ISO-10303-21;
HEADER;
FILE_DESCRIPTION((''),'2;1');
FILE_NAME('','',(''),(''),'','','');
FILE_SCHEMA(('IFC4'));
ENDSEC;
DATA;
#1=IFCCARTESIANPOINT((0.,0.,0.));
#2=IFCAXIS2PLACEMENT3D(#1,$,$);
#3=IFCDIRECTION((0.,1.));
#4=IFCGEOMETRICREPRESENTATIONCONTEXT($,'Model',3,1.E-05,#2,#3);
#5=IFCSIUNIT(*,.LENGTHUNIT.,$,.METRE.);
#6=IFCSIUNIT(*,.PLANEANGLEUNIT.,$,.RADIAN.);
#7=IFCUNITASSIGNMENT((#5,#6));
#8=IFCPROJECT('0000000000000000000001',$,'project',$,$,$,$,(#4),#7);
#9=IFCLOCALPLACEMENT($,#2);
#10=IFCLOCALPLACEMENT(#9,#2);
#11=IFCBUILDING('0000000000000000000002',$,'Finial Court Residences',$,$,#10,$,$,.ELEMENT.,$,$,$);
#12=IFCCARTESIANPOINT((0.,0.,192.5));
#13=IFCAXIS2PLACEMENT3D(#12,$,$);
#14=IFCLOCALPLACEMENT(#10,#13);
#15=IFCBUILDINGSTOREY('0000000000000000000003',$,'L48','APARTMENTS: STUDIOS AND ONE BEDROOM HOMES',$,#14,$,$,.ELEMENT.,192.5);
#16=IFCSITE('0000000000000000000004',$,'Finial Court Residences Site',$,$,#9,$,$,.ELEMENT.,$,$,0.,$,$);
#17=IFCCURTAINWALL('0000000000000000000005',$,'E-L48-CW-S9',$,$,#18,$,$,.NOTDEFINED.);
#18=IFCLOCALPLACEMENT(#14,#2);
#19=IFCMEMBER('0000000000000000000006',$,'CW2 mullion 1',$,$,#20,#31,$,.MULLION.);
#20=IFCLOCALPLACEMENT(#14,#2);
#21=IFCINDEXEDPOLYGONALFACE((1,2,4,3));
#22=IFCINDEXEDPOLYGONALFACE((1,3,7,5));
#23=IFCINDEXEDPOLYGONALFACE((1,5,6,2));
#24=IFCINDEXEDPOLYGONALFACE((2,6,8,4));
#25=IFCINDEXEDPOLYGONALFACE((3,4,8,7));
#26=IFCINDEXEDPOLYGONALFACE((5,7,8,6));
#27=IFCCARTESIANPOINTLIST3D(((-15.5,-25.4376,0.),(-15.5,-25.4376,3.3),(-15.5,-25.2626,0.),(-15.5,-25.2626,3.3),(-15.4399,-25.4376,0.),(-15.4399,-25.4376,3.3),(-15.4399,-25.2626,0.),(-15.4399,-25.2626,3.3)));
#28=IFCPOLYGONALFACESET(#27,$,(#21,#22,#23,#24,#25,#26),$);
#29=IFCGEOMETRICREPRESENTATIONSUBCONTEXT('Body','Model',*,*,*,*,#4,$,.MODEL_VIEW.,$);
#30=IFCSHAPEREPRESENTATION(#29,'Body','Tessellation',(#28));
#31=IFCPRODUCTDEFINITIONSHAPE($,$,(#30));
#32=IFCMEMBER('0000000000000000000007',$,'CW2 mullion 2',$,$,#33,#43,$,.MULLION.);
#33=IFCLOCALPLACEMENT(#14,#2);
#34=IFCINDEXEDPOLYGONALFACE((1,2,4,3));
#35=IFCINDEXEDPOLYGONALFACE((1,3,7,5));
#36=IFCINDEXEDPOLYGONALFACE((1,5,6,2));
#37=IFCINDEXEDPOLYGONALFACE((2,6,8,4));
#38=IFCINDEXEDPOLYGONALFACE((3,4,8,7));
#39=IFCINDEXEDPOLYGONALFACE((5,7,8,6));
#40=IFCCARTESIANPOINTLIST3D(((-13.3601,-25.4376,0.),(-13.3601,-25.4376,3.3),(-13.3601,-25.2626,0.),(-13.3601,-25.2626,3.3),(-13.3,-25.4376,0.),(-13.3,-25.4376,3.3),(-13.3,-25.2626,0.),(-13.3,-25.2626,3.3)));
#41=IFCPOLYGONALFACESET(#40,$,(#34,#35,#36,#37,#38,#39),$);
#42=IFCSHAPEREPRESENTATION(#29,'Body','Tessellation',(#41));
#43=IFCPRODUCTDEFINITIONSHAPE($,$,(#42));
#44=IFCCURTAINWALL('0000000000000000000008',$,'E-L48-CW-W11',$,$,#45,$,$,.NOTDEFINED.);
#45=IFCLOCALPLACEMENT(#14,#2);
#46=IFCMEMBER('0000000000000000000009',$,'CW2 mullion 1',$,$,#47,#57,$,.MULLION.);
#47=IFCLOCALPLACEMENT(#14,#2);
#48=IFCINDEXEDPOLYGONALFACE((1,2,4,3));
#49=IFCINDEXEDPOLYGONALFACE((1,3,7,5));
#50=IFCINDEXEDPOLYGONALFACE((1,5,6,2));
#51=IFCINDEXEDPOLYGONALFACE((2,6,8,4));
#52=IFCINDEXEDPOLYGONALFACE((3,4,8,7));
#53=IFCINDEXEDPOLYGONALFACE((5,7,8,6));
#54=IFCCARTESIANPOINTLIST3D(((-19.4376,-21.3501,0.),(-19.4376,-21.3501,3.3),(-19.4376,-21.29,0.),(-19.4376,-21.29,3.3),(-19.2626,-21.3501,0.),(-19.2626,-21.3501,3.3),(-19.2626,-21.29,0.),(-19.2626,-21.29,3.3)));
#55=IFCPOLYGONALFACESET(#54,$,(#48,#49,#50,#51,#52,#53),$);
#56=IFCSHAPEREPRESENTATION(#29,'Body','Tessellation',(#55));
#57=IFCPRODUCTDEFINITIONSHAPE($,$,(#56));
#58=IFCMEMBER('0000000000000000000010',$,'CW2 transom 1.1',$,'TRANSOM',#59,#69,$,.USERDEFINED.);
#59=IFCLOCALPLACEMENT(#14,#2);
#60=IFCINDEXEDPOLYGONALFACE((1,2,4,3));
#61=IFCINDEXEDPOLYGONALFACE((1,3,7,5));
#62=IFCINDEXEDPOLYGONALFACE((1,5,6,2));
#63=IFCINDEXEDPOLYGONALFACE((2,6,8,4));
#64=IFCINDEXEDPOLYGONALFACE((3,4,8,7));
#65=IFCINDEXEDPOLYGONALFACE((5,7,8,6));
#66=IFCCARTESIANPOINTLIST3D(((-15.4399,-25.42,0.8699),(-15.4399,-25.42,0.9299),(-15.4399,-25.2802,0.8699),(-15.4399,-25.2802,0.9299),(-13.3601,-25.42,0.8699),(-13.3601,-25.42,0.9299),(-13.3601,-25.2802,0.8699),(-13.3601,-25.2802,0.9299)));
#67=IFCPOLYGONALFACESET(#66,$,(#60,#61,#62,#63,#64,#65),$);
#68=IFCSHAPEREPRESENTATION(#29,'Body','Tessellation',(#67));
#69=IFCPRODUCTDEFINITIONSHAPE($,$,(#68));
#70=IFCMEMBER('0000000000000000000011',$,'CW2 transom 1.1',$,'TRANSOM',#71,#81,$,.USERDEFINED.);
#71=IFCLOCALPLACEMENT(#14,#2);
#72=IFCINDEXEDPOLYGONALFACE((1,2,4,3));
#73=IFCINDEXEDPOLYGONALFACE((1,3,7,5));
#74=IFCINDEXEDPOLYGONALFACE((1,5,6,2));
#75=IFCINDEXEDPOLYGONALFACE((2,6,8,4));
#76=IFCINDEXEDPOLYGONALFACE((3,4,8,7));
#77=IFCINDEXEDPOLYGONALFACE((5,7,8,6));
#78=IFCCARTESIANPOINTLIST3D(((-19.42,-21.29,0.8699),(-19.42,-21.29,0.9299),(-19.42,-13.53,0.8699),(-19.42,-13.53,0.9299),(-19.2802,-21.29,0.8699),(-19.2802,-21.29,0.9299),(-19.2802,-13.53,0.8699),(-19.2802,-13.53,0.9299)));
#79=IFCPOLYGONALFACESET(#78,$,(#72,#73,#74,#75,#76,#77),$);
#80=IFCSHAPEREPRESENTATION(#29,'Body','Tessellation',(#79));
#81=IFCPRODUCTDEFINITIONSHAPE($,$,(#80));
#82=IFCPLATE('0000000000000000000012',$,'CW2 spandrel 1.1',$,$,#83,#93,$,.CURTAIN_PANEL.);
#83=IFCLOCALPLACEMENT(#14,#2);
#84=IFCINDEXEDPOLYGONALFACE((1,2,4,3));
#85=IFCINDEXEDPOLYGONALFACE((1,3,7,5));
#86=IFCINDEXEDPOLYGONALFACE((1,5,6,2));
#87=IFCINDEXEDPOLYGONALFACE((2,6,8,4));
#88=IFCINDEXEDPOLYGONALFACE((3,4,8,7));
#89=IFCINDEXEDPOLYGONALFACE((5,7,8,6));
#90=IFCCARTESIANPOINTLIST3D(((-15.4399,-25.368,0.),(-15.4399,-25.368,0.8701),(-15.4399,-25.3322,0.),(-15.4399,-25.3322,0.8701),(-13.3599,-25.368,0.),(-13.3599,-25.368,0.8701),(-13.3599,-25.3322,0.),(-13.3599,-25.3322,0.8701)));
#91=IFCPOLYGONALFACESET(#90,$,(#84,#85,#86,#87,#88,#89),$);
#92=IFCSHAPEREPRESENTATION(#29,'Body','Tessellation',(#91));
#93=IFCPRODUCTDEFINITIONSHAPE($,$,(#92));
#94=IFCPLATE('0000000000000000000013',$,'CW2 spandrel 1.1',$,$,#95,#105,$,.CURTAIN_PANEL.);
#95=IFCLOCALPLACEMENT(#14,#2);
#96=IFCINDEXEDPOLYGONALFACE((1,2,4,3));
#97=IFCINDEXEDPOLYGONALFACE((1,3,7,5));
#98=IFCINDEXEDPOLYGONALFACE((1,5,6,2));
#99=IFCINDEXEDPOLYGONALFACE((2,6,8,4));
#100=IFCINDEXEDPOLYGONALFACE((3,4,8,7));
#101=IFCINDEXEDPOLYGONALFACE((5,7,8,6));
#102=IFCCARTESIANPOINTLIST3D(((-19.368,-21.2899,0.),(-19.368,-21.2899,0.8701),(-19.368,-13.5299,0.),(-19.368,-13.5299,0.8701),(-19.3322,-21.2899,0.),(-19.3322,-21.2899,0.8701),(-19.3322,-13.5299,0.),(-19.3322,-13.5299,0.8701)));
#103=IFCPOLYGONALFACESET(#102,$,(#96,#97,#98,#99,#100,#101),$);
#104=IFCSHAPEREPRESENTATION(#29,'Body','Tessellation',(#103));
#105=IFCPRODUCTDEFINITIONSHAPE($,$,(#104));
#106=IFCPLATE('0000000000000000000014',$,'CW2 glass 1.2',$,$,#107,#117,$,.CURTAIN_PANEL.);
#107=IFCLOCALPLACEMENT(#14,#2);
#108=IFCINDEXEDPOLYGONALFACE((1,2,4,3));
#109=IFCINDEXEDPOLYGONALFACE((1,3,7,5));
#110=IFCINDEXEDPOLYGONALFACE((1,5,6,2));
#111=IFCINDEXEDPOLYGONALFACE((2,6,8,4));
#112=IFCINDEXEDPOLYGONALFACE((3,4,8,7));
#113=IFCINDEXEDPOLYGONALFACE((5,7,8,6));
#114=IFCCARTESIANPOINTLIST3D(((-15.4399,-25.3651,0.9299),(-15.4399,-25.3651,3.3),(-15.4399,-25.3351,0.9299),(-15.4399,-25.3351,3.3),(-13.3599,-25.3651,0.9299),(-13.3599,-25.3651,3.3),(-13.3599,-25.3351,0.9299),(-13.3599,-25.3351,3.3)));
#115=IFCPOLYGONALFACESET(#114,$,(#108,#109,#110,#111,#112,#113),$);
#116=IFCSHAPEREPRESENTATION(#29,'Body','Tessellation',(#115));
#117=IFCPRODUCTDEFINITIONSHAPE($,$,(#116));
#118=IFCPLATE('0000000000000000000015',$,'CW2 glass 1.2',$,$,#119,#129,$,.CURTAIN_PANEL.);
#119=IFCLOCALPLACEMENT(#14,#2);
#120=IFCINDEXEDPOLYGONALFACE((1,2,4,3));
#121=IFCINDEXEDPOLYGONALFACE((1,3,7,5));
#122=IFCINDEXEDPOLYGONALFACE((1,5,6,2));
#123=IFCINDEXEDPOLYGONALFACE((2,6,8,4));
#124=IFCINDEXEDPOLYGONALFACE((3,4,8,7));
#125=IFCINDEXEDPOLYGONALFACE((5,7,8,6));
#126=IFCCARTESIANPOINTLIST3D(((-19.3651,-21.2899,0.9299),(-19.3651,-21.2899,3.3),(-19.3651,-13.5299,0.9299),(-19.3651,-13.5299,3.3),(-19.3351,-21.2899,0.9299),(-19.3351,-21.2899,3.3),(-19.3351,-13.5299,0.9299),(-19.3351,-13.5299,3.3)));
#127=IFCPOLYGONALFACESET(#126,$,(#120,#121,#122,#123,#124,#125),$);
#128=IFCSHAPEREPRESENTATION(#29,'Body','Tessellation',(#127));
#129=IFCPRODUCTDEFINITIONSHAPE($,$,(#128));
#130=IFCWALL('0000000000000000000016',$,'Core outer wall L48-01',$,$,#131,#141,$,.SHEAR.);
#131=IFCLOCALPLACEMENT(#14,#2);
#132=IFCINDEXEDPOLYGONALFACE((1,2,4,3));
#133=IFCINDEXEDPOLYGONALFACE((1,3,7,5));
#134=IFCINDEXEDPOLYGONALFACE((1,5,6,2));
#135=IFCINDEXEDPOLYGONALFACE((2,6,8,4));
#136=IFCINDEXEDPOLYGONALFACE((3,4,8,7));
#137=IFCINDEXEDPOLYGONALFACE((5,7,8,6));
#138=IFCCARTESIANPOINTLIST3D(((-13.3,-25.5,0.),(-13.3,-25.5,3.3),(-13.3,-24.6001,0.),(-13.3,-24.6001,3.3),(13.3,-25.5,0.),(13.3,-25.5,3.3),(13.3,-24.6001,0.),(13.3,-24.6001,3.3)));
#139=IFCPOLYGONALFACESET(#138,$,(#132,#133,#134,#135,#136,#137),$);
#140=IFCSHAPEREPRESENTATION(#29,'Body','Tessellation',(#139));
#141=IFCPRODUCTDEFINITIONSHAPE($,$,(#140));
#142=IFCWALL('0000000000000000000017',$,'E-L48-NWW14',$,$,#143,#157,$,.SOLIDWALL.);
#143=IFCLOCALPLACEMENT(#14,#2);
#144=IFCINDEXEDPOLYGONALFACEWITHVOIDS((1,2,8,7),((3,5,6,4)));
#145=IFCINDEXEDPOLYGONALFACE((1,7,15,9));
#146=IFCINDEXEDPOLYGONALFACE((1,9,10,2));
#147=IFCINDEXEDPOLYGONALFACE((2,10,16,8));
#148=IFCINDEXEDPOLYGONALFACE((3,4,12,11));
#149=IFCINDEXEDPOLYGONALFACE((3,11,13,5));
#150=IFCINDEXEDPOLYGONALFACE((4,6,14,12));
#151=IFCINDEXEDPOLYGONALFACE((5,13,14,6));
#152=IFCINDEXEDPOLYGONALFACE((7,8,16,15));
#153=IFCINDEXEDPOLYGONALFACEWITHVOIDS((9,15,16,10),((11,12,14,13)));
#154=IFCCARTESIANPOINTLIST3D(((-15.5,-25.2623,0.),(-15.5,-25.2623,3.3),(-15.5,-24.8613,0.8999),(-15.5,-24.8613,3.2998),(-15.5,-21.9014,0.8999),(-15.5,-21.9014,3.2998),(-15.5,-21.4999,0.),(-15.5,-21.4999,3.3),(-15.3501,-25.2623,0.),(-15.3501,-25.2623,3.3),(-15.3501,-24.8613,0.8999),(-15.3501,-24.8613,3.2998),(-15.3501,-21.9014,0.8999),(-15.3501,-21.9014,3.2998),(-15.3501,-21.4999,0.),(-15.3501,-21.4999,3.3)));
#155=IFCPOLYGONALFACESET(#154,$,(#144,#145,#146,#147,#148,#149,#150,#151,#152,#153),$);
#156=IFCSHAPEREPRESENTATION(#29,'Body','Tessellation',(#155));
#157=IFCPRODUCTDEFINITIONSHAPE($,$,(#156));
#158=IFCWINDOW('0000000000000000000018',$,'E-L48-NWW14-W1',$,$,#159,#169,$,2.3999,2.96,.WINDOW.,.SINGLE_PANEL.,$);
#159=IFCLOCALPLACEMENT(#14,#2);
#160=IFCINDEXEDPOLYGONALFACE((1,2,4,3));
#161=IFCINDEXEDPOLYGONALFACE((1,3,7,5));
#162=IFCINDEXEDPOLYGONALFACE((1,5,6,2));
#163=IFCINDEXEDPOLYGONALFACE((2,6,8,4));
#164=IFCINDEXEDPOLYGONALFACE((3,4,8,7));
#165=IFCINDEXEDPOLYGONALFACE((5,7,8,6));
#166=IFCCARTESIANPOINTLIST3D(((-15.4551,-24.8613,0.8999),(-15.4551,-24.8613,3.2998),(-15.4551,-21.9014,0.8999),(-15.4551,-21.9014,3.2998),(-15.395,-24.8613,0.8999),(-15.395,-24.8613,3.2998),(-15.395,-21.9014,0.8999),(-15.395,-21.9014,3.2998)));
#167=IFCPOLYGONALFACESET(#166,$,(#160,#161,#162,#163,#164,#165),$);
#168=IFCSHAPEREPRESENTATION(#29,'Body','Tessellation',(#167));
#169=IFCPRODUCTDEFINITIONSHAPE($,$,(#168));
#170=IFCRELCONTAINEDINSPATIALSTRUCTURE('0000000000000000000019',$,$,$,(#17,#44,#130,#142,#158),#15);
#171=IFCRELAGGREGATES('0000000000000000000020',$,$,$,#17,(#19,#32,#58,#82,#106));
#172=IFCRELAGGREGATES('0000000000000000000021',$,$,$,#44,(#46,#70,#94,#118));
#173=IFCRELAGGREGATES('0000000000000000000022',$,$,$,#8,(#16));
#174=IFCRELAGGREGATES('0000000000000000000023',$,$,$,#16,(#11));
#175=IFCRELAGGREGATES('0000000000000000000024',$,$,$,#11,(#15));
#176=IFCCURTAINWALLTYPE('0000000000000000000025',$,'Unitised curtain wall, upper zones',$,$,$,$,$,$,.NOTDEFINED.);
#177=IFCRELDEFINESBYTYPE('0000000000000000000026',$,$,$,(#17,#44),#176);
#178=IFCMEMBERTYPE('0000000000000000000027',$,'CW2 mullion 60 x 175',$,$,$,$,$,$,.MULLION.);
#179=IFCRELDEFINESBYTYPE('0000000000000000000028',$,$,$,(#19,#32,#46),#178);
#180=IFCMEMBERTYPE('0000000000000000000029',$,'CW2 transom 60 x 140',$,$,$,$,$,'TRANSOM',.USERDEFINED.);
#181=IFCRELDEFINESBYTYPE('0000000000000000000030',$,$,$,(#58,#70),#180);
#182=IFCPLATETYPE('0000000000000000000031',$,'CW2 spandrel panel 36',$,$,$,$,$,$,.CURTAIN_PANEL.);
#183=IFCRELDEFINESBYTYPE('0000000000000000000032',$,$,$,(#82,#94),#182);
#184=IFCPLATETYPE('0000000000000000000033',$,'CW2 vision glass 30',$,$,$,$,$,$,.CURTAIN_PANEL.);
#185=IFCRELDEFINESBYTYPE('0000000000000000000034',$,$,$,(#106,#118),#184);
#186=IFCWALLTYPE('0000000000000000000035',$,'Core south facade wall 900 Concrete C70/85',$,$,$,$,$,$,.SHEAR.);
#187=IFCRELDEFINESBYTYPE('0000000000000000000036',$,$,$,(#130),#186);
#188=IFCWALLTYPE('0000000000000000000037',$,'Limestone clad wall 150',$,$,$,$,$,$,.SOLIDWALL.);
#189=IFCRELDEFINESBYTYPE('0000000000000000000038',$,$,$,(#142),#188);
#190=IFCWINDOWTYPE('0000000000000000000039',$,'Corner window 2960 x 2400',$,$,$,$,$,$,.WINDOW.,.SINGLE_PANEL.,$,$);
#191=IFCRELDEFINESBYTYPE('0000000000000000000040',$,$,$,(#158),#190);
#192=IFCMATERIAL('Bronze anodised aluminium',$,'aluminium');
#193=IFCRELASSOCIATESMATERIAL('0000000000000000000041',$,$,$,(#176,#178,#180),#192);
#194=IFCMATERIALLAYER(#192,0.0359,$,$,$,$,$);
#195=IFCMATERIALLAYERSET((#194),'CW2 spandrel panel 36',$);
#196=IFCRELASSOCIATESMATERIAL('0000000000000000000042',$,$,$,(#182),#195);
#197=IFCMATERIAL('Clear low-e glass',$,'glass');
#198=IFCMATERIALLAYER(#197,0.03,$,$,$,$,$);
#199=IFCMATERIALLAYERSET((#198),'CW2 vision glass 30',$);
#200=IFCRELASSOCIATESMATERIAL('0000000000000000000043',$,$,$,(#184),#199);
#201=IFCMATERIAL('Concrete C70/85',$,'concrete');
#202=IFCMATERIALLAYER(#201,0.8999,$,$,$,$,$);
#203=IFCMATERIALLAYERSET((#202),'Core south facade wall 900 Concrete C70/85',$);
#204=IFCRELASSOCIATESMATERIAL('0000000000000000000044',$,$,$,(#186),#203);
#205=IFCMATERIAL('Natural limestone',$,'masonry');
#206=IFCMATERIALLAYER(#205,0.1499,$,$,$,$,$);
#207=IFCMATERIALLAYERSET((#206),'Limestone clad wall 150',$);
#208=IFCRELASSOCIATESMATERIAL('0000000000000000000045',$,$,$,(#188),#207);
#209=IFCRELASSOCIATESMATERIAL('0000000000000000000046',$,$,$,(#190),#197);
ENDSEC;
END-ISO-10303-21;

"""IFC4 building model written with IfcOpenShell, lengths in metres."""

from ifc_helpers import new_model, si_unit, direction, frame, frame_2d, origin, origin_2d, place, context, subcontext, project, spatial, rectangle, extrude, material, layer, layer_set, material_profile, profile_set, type_object, element, fill, aggregate, save


model = new_model("IFC4")

# Units and contexts
model_context = context("Model", 3, precision=1e-05, world=origin(), true_north=direction((0.0, 1.0)))
body_context = subcontext(model_context, "Body", "Model", "MODEL_VIEW")
ifc_project = project(units=[si_unit("LENGTHUNIT", "METRE"), si_unit("PLANEANGLEUNIT", "RADIAN")], contexts=[model_context])

# Site, building, storey
site_placement = place(None, origin())
site = spatial("IfcSite", under=ifc_project, at=site_placement, Name="Finial Court Residences Site", CompositionType="ELEMENT", RefElevation=0.0)
building_placement = place(site_placement, origin())
building = spatial("IfcBuilding", under=site, at=building_placement, Name="Finial Court Residences", CompositionType="ELEMENT")
storey_placement = place(building_placement, frame((0.0, 0.0, 192.5)))
storey = spatial("IfcBuildingStorey", under=building, at=storey_placement, Name="L48", Description="APARTMENTS: STUDIOS AND ONE BEDROOM HOMES", CompositionType="ELEMENT", Elevation=192.5)

# Curtain wall, members
ifc_material_1 = material(Name="Bronze anodised aluminium", Category="aluminium")
curtain_wall_type = type_object("IfcCurtainWallType", Name="Unitised curtain wall, upper zones", PredefinedType="NOTDEFINED", material=ifc_material_1)
curtain_wall_1_placement = place(storey_placement, origin())
curtain_wall_1 = element("IfcCurtainWall", 1, at=curtain_wall_1_placement, inside=storey, type_object=curtain_wall_type, Name="E-L48-CW-S9", PredefinedType="NOTDEFINED")
ifc_material_profile_1 = material_profile(ifc_material_1, rectangle(XDim=0.175, YDim=0.0601, at=origin_2d()), Name="CW2 mullion 60 x 175")
ifc_profile_set_1 = profile_set([ifc_material_profile_1], Name="Bronze anodised aluminium")
member_type_1 = type_object("IfcMemberType", Name="CW2 mullion 60 x 175", PredefinedType="MULLION", material=ifc_profile_set_1)
member_1_placement = place(storey_placement, frame((-15.47, -25.3501, 0.0), z_axis=(0.0, 0.0, 1.0), x_axis=(0.0, 1.0, 0.0)))
member_1 = element("IfcMember", 2, at=member_1_placement, type_object=member_type_1, Name="CW2 mullion 1", PredefinedType="MULLION", context=body_context, shape_type="SweptSolid", body=[
    extrude(rectangle(XDim=0.175, YDim=0.0601, at=origin_2d()), origin(), (0.0, 0.0, 1.0), 3.3),
])
member_2_placement = place(storey_placement, frame((-13.3301, -25.3501, 0.0), z_axis=(0.0, 0.0, 1.0), x_axis=(0.0, 1.0, 0.0)))
member_2 = element("IfcMember", 3, at=member_2_placement, type_object=member_type_1, Name="CW2 mullion 2", PredefinedType="MULLION", context=body_context, shape_type="SweptSolid", body=[
    extrude(rectangle(XDim=0.175, YDim=0.0601, at=origin_2d()), origin(), (0.0, 0.0, 1.0), 3.3),
])

# Curtain wall, member
curtain_wall_2_placement = place(storey_placement, origin())
curtain_wall_2 = element("IfcCurtainWall", 4, at=curtain_wall_2_placement, inside=storey, type_object=curtain_wall_type, Name="E-L48-CW-W11", PredefinedType="NOTDEFINED")
member_3_placement = place(storey_placement, frame((-19.3501, -21.3201, 0.0), z_axis=(0.0, 0.0, 1.0), x_axis=(-1.0, 0.0, 0.0)))
member_3 = element("IfcMember", 5, at=member_3_placement, type_object=member_type_1, Name="CW2 mullion 1", PredefinedType="MULLION", context=body_context, shape_type="SweptSolid", body=[
    extrude(rectangle(XDim=0.175, YDim=0.0601, at=origin_2d()), origin(), (0.0, 0.0, 1.0), 3.3),
])

# Members
ifc_material_profile_2 = material_profile(ifc_material_1, rectangle(XDim=0.1399, YDim=0.0601, at=origin_2d()), Name="CW2 transom 60 x 140")
ifc_profile_set_2 = profile_set([ifc_material_profile_2], Name="Bronze anodised aluminium")
member_type_2 = type_object("IfcMemberType", Name="CW2 transom 60 x 140", ElementType="TRANSOM", PredefinedType="USERDEFINED", material=ifc_profile_set_2)
member_4_placement = place(storey_placement, frame((-15.4399, -25.3501, 0.8999), z_axis=(1.0, 0.0, 0.0), x_axis=(0.0, 1.0, 0.0)))
member_4 = element("IfcMember", 6, at=member_4_placement, type_object=member_type_2, Name="CW2 transom 1.1", ObjectType="TRANSOM", PredefinedType="USERDEFINED", context=body_context, shape_type="SweptSolid", body=[
    extrude(rectangle(XDim=0.1399, YDim=0.0601, at=origin_2d()), origin(), (0.0, 0.0, 1.0), 2.0798),
])
member_5_placement = place(storey_placement, frame((-19.3501, -21.29, 0.8999), z_axis=(0.0, 1.0, 0.0), x_axis=(-1.0, 0.0, 0.0)))
member_5 = element("IfcMember", 7, at=member_5_placement, type_object=member_type_2, Name="CW2 transom 1.1", ObjectType="TRANSOM", PredefinedType="USERDEFINED", context=body_context, shape_type="SweptSolid", body=[
    extrude(rectangle(XDim=0.1399, YDim=0.0601, at=origin_2d()), origin(), (0.0, 0.0, 1.0), 7.76),
])

# Plates
ifc_layer_1 = layer(ifc_material_1, 0.0359)
ifc_layer_set_1 = layer_set([ifc_layer_1], Name="CW2 spandrel panel 36")
plate_type_1 = type_object("IfcPlateType", Name="CW2 spandrel panel 36", PredefinedType="CURTAIN_PANEL", material=ifc_layer_set_1)
plate_1_placement = place(storey_placement, frame((-14.3999, -25.3501, 0.0), z_axis=(0.0, 0.0, 1.0), x_axis=(1.0, 0.0, 0.0)))
plate_1 = element("IfcPlate", 8, at=plate_1_placement, type_object=plate_type_1, Name="CW2 spandrel 1.1", PredefinedType="CURTAIN_PANEL", context=body_context, shape_type="SweptSolid", body=[
    extrude(rectangle(XDim=2.0801, YDim=0.0359, at=origin_2d()), origin(), (0.0, 0.0, 1.0), 0.8701),
])
plate_2_placement = place(storey_placement, frame((-19.3501, -17.4099, 0.0), z_axis=(0.0, 0.0, 1.0), x_axis=(0.0, 1.0, 0.0)))
plate_2 = element("IfcPlate", 9, at=plate_2_placement, type_object=plate_type_1, Name="CW2 spandrel 1.1", PredefinedType="CURTAIN_PANEL", context=body_context, shape_type="SweptSolid", body=[
    extrude(rectangle(XDim=7.76, YDim=0.0359, at=origin_2d()), origin(), (0.0, 0.0, 1.0), 0.8701),
])
ifc_material_2 = material(Name="Clear low-e glass", Category="glass")
ifc_layer_2 = layer(ifc_material_2, 0.03)
ifc_layer_set_2 = layer_set([ifc_layer_2], Name="CW2 vision glass 30")
plate_type_2 = type_object("IfcPlateType", Name="CW2 vision glass 30", PredefinedType="CURTAIN_PANEL", material=ifc_layer_set_2)
plate_3_placement = place(storey_placement, frame((-14.3999, -25.3501, 0.9299), z_axis=(0.0, 0.0, 1.0), x_axis=(1.0, 0.0, 0.0)))
plate_3 = element("IfcPlate", 10, at=plate_3_placement, type_object=plate_type_2, Name="CW2 glass 1.2", PredefinedType="CURTAIN_PANEL", context=body_context, shape_type="SweptSolid", body=[
    extrude(rectangle(XDim=2.0801, YDim=0.03, at=origin_2d()), origin(), (0.0, 0.0, 1.0), 2.3701),
])
aggregate(curtain_wall_1, [member_1, member_2, member_4, plate_1, plate_3])
plate_4_placement = place(storey_placement, frame((-19.3501, -17.4099, 0.9299), z_axis=(0.0, 0.0, 1.0), x_axis=(0.0, 1.0, 0.0)))
plate_4 = element("IfcPlate", 11, at=plate_4_placement, type_object=plate_type_2, Name="CW2 glass 1.2", PredefinedType="CURTAIN_PANEL", context=body_context, shape_type="SweptSolid", body=[
    extrude(rectangle(XDim=7.76, YDim=0.03, at=origin_2d()), origin(), (0.0, 0.0, 1.0), 2.3701),
])
aggregate(curtain_wall_2, [member_3, member_5, plate_2, plate_4])

# Wall
ifc_material_3 = material(Name="Concrete C70/85", Category="concrete")
ifc_layer_3 = layer(ifc_material_3, 0.8999)
ifc_layer_set_3 = layer_set([ifc_layer_3], Name="Core south facade wall 900 Concrete C70/85")
wall_type_1 = type_object("IfcWallType", Name="Core south facade wall 900 Concrete C70/85", PredefinedType="SHEAR", material=ifc_layer_set_3)
wall_1_placement = place(storey_placement, frame((-13.3, -25.05, 0.0), z_axis=(0.0, 0.0, 1.0), x_axis=(1.0, 0.0, 0.0)))
element("IfcWall", 12, at=wall_1_placement, inside=storey, type_object=wall_type_1, Name="Core outer wall L48-01", PredefinedType="SHEAR", context=body_context, shape_type="SweptSolid", body=[
    extrude(rectangle(XDim=26.6001, YDim=0.8999, at=frame_2d((13.3, 0.0))), origin(), (0.0, 0.0, 1.0), 3.3),
])

# Wall, opening, window
ifc_material_4 = material(Name="Natural limestone", Category="masonry")
ifc_layer_4 = layer(ifc_material_4, 0.1499)
ifc_layer_set_4 = layer_set([ifc_layer_4], Name="Limestone clad wall 150")
wall_type_2 = type_object("IfcWallType", Name="Limestone clad wall 150", PredefinedType="SOLIDWALL", material=ifc_layer_set_4)
wall_2_placement = place(storey_placement, frame((-15.425, -25.2625, 0.0), z_axis=(0.0, 0.0, 1.0), x_axis=(0.0, 1.0, 0.0)))
wall_2 = element("IfcWall", 13, at=wall_2_placement, inside=storey, type_object=wall_type_2, Name="E-L48-NWW14", PredefinedType="SOLIDWALL", context=body_context, shape_type="SweptSolid", body=[
    extrude(rectangle(XDim=3.7625, YDim=0.1499, at=frame_2d((1.8813, 0.0))), origin(), (0.0, 0.0, 1.0), 3.3),
])
opening_1_placement = place(wall_2_placement, frame((0.4011, 0.0, 0.8999)))
opening_1 = element("IfcOpeningElement", 14, at=opening_1_placement, cuts=wall_2, PredefinedType="OPENING", context=body_context, shape_type="SweptSolid", body=[
    extrude(rectangle(XDim=2.96, YDim=2.3999, at=frame_2d((1.48, 1.2))), frame((0.0, 0.085, 0.0), z_axis=(0.0, -1.0, 0.0), x_axis=(1.0, 0.0, 0.0)), (0.0, 0.0, 1.0), 0.1699),
])
window_type_1 = type_object("IfcWindowType", Name="Corner window 2960 x 2400", PartitioningType="SINGLE_PANEL", PredefinedType="WINDOW", material=ifc_material_2)
window_1_placement = place(opening_1_placement, origin())
window_1 = element("IfcWindow", 15, at=window_1_placement, inside=storey, type_object=window_type_1, Name="E-L48-NWW14-W1", OverallHeight=2.3999, OverallWidth=2.96, PartitioningType="SINGLE_PANEL", PredefinedType="WINDOW", context=body_context, shape_type="SweptSolid", body=[
    extrude(rectangle(XDim=2.96, YDim=2.3999, at=frame_2d((1.48, 1.2))), frame((0.0, 0.03, 0.0), z_axis=(0.0, -1.0, 0.0), x_axis=(1.0, 0.0, 0.0)), (0.0, 0.0, 1.0), 0.0601),
])
fill(opening_1, window_1)

save(model, "model.ifc")
